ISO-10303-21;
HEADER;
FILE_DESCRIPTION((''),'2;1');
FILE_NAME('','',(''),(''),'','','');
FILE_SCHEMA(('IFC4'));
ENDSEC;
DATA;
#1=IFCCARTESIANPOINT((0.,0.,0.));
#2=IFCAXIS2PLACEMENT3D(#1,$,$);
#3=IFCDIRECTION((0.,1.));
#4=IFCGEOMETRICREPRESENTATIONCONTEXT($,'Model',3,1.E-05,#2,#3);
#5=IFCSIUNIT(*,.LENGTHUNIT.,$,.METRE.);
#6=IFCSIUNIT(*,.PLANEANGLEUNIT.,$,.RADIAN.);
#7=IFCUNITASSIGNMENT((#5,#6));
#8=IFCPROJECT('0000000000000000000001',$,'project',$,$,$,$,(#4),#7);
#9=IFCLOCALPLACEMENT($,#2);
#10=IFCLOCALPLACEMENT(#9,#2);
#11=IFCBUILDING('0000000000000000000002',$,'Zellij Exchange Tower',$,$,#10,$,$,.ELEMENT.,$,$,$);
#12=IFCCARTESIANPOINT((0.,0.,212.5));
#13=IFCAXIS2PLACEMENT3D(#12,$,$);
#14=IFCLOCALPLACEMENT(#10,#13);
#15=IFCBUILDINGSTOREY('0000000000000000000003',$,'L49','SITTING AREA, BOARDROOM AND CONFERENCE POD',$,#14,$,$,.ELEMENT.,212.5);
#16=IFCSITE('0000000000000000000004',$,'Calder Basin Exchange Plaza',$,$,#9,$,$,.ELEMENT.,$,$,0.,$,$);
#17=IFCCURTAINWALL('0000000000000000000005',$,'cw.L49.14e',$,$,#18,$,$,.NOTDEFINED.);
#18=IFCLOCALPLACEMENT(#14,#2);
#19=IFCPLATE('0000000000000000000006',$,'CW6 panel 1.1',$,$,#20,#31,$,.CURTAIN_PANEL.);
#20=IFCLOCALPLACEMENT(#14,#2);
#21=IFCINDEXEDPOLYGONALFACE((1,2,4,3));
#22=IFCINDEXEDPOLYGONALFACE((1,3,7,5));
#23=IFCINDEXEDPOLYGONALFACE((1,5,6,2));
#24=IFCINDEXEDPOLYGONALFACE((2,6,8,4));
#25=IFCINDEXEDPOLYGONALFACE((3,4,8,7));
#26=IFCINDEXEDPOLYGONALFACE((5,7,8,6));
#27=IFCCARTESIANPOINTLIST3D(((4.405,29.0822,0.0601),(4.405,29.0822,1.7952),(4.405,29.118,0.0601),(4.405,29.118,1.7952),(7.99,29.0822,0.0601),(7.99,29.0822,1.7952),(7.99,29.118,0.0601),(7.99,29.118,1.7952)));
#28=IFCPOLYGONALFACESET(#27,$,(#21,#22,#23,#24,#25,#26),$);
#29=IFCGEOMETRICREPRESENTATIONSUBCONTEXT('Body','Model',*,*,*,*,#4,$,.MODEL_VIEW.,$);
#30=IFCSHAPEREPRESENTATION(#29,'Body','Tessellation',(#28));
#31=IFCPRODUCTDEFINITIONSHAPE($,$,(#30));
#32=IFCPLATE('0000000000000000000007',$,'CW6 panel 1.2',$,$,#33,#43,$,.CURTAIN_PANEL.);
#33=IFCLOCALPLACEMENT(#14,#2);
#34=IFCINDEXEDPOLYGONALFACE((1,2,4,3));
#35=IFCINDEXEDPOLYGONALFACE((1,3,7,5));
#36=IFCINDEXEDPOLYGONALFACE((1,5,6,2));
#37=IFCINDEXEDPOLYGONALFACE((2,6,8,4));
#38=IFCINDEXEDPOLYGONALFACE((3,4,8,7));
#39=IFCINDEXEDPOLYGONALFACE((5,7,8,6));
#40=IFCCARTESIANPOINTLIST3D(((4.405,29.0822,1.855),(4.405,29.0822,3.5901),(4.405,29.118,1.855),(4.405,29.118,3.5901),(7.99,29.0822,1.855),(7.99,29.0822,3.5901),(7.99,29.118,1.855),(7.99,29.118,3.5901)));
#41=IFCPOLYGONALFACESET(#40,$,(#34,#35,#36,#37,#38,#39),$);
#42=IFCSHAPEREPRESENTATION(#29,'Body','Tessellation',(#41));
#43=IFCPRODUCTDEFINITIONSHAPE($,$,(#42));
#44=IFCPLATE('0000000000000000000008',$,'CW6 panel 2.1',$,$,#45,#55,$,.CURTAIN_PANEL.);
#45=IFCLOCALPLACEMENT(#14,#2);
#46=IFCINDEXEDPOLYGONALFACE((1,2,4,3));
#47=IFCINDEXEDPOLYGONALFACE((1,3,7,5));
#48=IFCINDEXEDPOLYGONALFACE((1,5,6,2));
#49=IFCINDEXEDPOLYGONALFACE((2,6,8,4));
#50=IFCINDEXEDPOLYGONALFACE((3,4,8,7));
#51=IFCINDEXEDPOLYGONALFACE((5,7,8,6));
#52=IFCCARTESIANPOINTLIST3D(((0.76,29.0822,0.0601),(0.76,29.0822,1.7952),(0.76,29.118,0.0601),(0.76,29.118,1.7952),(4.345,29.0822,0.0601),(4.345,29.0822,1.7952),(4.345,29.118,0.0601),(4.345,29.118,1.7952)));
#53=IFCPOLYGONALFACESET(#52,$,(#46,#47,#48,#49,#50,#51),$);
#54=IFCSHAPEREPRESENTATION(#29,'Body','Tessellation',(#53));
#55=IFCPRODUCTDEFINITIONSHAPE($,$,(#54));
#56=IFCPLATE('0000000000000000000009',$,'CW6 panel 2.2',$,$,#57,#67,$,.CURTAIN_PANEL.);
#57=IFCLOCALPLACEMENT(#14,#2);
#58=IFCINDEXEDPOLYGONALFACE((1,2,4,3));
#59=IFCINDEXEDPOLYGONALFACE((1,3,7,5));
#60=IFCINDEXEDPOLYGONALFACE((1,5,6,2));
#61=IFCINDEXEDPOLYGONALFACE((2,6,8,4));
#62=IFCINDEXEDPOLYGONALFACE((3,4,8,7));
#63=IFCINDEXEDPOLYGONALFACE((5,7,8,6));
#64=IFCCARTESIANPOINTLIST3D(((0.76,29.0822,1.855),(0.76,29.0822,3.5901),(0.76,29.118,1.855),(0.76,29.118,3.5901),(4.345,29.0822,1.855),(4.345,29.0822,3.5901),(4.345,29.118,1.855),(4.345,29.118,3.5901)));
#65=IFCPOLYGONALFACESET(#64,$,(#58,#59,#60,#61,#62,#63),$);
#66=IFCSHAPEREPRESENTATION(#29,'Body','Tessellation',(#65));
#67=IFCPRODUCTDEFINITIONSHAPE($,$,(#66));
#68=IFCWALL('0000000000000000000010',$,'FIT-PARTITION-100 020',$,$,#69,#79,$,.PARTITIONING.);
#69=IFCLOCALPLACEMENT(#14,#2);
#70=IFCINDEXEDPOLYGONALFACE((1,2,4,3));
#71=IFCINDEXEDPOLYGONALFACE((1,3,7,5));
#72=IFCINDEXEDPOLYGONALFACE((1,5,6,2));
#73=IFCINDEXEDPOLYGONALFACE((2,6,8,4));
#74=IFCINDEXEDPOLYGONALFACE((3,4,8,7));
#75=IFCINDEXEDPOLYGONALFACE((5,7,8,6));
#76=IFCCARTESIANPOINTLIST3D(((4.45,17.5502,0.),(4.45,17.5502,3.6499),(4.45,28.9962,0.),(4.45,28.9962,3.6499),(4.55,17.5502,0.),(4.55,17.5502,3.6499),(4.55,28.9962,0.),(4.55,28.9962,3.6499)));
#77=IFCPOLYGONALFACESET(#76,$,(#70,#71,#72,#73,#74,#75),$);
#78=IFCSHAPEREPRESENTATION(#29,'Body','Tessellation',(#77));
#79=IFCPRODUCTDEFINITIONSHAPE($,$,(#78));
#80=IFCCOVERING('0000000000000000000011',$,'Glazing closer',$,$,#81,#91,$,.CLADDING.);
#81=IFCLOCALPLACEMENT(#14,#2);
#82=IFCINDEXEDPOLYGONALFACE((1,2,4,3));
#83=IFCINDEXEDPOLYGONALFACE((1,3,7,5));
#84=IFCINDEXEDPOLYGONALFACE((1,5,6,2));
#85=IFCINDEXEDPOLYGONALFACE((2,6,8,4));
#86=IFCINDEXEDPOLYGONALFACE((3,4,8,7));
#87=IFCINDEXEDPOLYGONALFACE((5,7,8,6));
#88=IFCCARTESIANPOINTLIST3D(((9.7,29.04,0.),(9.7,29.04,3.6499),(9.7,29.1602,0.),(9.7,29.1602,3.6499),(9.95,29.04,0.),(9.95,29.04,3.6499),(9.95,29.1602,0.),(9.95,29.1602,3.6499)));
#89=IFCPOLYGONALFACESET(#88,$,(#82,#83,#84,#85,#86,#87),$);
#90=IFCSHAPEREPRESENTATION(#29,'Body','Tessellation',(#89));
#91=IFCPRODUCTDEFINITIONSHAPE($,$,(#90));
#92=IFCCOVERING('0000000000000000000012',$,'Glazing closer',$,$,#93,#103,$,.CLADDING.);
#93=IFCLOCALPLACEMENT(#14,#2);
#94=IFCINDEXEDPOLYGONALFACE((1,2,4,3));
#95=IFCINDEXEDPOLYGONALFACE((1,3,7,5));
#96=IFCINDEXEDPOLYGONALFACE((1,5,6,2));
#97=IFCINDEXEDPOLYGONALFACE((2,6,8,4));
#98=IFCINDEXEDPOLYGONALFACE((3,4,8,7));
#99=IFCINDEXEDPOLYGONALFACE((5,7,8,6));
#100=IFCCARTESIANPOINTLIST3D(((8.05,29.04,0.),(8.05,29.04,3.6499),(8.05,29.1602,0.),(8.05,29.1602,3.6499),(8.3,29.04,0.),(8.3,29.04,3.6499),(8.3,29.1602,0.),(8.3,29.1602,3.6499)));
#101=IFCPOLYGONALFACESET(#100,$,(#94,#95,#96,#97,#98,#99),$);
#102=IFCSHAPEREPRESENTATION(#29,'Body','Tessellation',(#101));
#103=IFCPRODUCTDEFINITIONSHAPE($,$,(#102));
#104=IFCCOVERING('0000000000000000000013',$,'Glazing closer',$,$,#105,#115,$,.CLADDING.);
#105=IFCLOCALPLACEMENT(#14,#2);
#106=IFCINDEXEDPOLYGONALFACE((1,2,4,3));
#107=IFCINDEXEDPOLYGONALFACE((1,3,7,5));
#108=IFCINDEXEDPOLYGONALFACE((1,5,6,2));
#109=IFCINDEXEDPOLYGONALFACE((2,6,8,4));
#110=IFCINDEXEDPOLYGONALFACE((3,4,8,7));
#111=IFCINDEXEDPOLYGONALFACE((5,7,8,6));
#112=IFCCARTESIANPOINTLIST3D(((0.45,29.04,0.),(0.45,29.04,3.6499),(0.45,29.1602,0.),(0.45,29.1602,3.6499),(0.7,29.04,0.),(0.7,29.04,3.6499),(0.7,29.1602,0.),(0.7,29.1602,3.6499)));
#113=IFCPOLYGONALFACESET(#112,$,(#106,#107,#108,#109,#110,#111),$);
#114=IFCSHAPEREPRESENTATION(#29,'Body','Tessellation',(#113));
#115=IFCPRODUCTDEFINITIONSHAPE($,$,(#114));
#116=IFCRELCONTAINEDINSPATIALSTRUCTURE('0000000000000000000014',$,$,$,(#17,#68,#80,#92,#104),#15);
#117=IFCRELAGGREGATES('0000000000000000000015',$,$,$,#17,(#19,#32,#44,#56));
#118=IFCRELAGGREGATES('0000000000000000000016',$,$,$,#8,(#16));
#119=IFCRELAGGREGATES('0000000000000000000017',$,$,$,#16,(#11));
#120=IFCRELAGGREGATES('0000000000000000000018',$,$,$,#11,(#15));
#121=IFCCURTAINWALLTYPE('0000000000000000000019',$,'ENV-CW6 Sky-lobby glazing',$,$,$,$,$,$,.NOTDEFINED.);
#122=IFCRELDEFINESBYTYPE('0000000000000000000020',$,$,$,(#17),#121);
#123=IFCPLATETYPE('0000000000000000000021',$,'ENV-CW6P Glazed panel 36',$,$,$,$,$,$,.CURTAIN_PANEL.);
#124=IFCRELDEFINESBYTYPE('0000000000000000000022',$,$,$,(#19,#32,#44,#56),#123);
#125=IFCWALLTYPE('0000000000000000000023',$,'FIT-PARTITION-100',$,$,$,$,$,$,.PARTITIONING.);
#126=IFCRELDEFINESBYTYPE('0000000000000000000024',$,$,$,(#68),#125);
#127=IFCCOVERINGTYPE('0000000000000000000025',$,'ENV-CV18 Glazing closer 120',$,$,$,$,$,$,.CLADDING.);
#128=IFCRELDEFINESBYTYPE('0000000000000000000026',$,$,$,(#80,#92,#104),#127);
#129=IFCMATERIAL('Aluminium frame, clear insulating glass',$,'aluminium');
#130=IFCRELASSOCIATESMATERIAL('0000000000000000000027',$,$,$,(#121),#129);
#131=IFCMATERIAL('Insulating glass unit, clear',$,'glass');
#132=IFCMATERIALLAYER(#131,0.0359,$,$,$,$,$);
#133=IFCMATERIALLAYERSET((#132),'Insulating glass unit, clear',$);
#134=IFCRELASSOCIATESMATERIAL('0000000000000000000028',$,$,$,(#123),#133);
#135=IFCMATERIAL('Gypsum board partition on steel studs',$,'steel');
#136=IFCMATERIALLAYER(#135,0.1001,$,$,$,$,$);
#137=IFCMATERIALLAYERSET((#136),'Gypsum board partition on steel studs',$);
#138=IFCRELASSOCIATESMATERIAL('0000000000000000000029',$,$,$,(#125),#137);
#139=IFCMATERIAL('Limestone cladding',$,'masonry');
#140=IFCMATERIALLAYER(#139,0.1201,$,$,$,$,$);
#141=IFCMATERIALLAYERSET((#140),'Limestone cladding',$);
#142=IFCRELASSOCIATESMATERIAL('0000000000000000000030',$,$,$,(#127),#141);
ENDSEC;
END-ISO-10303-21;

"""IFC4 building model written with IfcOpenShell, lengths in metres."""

from ifc_helpers import new_model, si_unit, direction, frame, frame_2d, origin, origin_2d, place, context, subcontext, project, spatial, rectangle, extrude, material, layer, layer_set, type_object, element, aggregate, save


model = new_model("IFC4")

# Units and contexts
model_context = context("Model", 3, precision=1e-05, world=origin(), true_north=direction((0.0, 1.0)))
body_context = subcontext(model_context, "Body", "Model", "MODEL_VIEW")
ifc_project = project(units=[si_unit("LENGTHUNIT", "METRE"), si_unit("PLANEANGLEUNIT", "RADIAN")], contexts=[model_context])

# Site, building, storey
site_placement = place(None, origin())
site = spatial("IfcSite", under=ifc_project, at=site_placement, Name="Calder Basin Exchange Plaza", CompositionType="ELEMENT", RefElevation=0.0)
building_placement = place(site_placement, origin())
building = spatial("IfcBuilding", under=site, at=building_placement, Name="Zellij Exchange Tower", CompositionType="ELEMENT")
storey_placement = place(building_placement, frame((0.0, 0.0, 212.5)))
storey = spatial("IfcBuildingStorey", under=building, at=storey_placement, Name="L49", Description="SITTING AREA, BOARDROOM AND CONFERENCE POD", CompositionType="ELEMENT", Elevation=212.5)

# Shared definitions
ifc_material_1 = material(Name="Aluminium frame, clear insulating glass", Category="aluminium")
curtain_wall_type = type_object("IfcCurtainWallType", Name="ENV-CW6 Sky-lobby glazing", PredefinedType="NOTDEFINED", material=ifc_material_1)

# Curtain wall
curtain_wall_1_placement = place(storey_placement, origin())
curtain_wall_1 = element("IfcCurtainWall", 1, at=curtain_wall_1_placement, inside=storey, type_object=curtain_wall_type, Name="cw.L49.14e", PredefinedType="NOTDEFINED")

# Plates
ifc_material_2 = material(Name="Insulating glass unit, clear", Category="glass")
ifc_layer_1 = layer(ifc_material_2, 0.0359)
ifc_layer_set_1 = layer_set([ifc_layer_1], Name="Insulating glass unit, clear")
plate_type = type_object("IfcPlateType", Name="ENV-CW6P Glazed panel 36", PredefinedType="CURTAIN_PANEL", material=ifc_layer_set_1)
plate_1_placement = place(storey_placement, frame((6.1975, 29.1001, 0.0601), z_axis=(0.0, 0.0, 1.0), x_axis=(-1.0, 0.0, 0.0)))
plate_1 = element("IfcPlate", 2, at=plate_1_placement, type_object=plate_type, Name="CW6 panel 1.1", PredefinedType="CURTAIN_PANEL", context=body_context, shape_type="SweptSolid", body=[
    extrude(rectangle(XDim=3.585, YDim=0.0359, at=origin_2d()), origin(), (0.0, 0.0, 1.0), 1.7351),
])
plate_2_placement = place(storey_placement, frame((6.1975, 29.1001, 1.855), z_axis=(0.0, 0.0, 1.0), x_axis=(-1.0, 0.0, 0.0)))
plate_2 = element("IfcPlate", 3, at=plate_2_placement, type_object=plate_type, Name="CW6 panel 1.2", PredefinedType="CURTAIN_PANEL", context=body_context, shape_type="SweptSolid", body=[
    extrude(rectangle(XDim=3.585, YDim=0.0359, at=origin_2d()), origin(), (0.0, 0.0, 1.0), 1.7351),
])
plate_3_placement = place(storey_placement, frame((2.5525, 29.1001, 0.0601), z_axis=(0.0, 0.0, 1.0), x_axis=(-1.0, 0.0, 0.0)))
plate_3 = element("IfcPlate", 4, at=plate_3_placement, type_object=plate_type, Name="CW6 panel 2.1", PredefinedType="CURTAIN_PANEL", context=body_context, shape_type="SweptSolid", body=[
    extrude(rectangle(XDim=3.585, YDim=0.0359, at=origin_2d()), origin(), (0.0, 0.0, 1.0), 1.7351),
])
plate_4_placement = place(storey_placement, frame((2.5525, 29.1001, 1.855), z_axis=(0.0, 0.0, 1.0), x_axis=(-1.0, 0.0, 0.0)))
plate_4 = element("IfcPlate", 5, at=plate_4_placement, type_object=plate_type, Name="CW6 panel 2.2", PredefinedType="CURTAIN_PANEL", context=body_context, shape_type="SweptSolid", body=[
    extrude(rectangle(XDim=3.585, YDim=0.0359, at=origin_2d()), origin(), (0.0, 0.0, 1.0), 1.7351),
])
aggregate(curtain_wall_1, [plate_1, plate_2, plate_3, plate_4])

# Wall
ifc_material_3 = material(Name="Gypsum board partition on steel studs", Category="steel")
ifc_layer_2 = layer(ifc_material_3, 0.1001)
ifc_layer_set_2 = layer_set([ifc_layer_2], Name="Gypsum board partition on steel studs")
wall_type = type_object("IfcWallType", Name="FIT-PARTITION-100", PredefinedType="PARTITIONING", material=ifc_layer_set_2)
wall_placement = place(storey_placement, frame((4.5, 17.55, 0.0), z_axis=(0.0, 0.0, 1.0), x_axis=(0.0, 1.0, 0.0)))
element("IfcWall", 6, at=wall_placement, inside=storey, type_object=wall_type, Name="FIT-PARTITION-100 020", PredefinedType="PARTITIONING", context=body_context, shape_type="SweptSolid", body=[
    extrude(rectangle(XDim=11.446, YDim=0.1001, at=frame_2d((5.7231, 0.0))), origin(), (0.0, 0.0, 1.0), 3.6499),
])

# Coverings
ifc_material_4 = material(Name="Limestone cladding", Category="masonry")
ifc_layer_3 = layer(ifc_material_4, 0.1201)
ifc_layer_set_3 = layer_set([ifc_layer_3], Name="Limestone cladding")
covering_type = type_object("IfcCoveringType", Name="ENV-CV18 Glazing closer 120", PredefinedType="CLADDING", material=ifc_layer_set_3)
for number, where, z_axis, x_axis, name in (
    (7, (9.825, 29.1001, 0.0), (0.0, 0.0, 1.0), (-1.0, 0.0, 0.0), "Glazing closer"),
    (8, (8.175, 29.1001, 0.0), (0.0, 0.0, 1.0), (1.0, 0.0, 0.0), "Glazing closer"),
    (9, (0.575, 29.1001, 0.0), (0.0, 0.0, 1.0), (-1.0, 0.0, 0.0), "Glazing closer"),
):
    element("IfcCovering", number, at=place(storey_placement, frame(where, z_axis=z_axis, x_axis=x_axis)), inside=storey, type_object=covering_type, Name=name, PredefinedType="CLADDING", context=body_context, shape_type="SweptSolid", body=[
        extrude(rectangle(XDim=0.25, YDim=0.1201, at=origin_2d()), origin(), (0.0, 0.0, 1.0), 3.6499),
    ])

save(model, "model.ifc")
